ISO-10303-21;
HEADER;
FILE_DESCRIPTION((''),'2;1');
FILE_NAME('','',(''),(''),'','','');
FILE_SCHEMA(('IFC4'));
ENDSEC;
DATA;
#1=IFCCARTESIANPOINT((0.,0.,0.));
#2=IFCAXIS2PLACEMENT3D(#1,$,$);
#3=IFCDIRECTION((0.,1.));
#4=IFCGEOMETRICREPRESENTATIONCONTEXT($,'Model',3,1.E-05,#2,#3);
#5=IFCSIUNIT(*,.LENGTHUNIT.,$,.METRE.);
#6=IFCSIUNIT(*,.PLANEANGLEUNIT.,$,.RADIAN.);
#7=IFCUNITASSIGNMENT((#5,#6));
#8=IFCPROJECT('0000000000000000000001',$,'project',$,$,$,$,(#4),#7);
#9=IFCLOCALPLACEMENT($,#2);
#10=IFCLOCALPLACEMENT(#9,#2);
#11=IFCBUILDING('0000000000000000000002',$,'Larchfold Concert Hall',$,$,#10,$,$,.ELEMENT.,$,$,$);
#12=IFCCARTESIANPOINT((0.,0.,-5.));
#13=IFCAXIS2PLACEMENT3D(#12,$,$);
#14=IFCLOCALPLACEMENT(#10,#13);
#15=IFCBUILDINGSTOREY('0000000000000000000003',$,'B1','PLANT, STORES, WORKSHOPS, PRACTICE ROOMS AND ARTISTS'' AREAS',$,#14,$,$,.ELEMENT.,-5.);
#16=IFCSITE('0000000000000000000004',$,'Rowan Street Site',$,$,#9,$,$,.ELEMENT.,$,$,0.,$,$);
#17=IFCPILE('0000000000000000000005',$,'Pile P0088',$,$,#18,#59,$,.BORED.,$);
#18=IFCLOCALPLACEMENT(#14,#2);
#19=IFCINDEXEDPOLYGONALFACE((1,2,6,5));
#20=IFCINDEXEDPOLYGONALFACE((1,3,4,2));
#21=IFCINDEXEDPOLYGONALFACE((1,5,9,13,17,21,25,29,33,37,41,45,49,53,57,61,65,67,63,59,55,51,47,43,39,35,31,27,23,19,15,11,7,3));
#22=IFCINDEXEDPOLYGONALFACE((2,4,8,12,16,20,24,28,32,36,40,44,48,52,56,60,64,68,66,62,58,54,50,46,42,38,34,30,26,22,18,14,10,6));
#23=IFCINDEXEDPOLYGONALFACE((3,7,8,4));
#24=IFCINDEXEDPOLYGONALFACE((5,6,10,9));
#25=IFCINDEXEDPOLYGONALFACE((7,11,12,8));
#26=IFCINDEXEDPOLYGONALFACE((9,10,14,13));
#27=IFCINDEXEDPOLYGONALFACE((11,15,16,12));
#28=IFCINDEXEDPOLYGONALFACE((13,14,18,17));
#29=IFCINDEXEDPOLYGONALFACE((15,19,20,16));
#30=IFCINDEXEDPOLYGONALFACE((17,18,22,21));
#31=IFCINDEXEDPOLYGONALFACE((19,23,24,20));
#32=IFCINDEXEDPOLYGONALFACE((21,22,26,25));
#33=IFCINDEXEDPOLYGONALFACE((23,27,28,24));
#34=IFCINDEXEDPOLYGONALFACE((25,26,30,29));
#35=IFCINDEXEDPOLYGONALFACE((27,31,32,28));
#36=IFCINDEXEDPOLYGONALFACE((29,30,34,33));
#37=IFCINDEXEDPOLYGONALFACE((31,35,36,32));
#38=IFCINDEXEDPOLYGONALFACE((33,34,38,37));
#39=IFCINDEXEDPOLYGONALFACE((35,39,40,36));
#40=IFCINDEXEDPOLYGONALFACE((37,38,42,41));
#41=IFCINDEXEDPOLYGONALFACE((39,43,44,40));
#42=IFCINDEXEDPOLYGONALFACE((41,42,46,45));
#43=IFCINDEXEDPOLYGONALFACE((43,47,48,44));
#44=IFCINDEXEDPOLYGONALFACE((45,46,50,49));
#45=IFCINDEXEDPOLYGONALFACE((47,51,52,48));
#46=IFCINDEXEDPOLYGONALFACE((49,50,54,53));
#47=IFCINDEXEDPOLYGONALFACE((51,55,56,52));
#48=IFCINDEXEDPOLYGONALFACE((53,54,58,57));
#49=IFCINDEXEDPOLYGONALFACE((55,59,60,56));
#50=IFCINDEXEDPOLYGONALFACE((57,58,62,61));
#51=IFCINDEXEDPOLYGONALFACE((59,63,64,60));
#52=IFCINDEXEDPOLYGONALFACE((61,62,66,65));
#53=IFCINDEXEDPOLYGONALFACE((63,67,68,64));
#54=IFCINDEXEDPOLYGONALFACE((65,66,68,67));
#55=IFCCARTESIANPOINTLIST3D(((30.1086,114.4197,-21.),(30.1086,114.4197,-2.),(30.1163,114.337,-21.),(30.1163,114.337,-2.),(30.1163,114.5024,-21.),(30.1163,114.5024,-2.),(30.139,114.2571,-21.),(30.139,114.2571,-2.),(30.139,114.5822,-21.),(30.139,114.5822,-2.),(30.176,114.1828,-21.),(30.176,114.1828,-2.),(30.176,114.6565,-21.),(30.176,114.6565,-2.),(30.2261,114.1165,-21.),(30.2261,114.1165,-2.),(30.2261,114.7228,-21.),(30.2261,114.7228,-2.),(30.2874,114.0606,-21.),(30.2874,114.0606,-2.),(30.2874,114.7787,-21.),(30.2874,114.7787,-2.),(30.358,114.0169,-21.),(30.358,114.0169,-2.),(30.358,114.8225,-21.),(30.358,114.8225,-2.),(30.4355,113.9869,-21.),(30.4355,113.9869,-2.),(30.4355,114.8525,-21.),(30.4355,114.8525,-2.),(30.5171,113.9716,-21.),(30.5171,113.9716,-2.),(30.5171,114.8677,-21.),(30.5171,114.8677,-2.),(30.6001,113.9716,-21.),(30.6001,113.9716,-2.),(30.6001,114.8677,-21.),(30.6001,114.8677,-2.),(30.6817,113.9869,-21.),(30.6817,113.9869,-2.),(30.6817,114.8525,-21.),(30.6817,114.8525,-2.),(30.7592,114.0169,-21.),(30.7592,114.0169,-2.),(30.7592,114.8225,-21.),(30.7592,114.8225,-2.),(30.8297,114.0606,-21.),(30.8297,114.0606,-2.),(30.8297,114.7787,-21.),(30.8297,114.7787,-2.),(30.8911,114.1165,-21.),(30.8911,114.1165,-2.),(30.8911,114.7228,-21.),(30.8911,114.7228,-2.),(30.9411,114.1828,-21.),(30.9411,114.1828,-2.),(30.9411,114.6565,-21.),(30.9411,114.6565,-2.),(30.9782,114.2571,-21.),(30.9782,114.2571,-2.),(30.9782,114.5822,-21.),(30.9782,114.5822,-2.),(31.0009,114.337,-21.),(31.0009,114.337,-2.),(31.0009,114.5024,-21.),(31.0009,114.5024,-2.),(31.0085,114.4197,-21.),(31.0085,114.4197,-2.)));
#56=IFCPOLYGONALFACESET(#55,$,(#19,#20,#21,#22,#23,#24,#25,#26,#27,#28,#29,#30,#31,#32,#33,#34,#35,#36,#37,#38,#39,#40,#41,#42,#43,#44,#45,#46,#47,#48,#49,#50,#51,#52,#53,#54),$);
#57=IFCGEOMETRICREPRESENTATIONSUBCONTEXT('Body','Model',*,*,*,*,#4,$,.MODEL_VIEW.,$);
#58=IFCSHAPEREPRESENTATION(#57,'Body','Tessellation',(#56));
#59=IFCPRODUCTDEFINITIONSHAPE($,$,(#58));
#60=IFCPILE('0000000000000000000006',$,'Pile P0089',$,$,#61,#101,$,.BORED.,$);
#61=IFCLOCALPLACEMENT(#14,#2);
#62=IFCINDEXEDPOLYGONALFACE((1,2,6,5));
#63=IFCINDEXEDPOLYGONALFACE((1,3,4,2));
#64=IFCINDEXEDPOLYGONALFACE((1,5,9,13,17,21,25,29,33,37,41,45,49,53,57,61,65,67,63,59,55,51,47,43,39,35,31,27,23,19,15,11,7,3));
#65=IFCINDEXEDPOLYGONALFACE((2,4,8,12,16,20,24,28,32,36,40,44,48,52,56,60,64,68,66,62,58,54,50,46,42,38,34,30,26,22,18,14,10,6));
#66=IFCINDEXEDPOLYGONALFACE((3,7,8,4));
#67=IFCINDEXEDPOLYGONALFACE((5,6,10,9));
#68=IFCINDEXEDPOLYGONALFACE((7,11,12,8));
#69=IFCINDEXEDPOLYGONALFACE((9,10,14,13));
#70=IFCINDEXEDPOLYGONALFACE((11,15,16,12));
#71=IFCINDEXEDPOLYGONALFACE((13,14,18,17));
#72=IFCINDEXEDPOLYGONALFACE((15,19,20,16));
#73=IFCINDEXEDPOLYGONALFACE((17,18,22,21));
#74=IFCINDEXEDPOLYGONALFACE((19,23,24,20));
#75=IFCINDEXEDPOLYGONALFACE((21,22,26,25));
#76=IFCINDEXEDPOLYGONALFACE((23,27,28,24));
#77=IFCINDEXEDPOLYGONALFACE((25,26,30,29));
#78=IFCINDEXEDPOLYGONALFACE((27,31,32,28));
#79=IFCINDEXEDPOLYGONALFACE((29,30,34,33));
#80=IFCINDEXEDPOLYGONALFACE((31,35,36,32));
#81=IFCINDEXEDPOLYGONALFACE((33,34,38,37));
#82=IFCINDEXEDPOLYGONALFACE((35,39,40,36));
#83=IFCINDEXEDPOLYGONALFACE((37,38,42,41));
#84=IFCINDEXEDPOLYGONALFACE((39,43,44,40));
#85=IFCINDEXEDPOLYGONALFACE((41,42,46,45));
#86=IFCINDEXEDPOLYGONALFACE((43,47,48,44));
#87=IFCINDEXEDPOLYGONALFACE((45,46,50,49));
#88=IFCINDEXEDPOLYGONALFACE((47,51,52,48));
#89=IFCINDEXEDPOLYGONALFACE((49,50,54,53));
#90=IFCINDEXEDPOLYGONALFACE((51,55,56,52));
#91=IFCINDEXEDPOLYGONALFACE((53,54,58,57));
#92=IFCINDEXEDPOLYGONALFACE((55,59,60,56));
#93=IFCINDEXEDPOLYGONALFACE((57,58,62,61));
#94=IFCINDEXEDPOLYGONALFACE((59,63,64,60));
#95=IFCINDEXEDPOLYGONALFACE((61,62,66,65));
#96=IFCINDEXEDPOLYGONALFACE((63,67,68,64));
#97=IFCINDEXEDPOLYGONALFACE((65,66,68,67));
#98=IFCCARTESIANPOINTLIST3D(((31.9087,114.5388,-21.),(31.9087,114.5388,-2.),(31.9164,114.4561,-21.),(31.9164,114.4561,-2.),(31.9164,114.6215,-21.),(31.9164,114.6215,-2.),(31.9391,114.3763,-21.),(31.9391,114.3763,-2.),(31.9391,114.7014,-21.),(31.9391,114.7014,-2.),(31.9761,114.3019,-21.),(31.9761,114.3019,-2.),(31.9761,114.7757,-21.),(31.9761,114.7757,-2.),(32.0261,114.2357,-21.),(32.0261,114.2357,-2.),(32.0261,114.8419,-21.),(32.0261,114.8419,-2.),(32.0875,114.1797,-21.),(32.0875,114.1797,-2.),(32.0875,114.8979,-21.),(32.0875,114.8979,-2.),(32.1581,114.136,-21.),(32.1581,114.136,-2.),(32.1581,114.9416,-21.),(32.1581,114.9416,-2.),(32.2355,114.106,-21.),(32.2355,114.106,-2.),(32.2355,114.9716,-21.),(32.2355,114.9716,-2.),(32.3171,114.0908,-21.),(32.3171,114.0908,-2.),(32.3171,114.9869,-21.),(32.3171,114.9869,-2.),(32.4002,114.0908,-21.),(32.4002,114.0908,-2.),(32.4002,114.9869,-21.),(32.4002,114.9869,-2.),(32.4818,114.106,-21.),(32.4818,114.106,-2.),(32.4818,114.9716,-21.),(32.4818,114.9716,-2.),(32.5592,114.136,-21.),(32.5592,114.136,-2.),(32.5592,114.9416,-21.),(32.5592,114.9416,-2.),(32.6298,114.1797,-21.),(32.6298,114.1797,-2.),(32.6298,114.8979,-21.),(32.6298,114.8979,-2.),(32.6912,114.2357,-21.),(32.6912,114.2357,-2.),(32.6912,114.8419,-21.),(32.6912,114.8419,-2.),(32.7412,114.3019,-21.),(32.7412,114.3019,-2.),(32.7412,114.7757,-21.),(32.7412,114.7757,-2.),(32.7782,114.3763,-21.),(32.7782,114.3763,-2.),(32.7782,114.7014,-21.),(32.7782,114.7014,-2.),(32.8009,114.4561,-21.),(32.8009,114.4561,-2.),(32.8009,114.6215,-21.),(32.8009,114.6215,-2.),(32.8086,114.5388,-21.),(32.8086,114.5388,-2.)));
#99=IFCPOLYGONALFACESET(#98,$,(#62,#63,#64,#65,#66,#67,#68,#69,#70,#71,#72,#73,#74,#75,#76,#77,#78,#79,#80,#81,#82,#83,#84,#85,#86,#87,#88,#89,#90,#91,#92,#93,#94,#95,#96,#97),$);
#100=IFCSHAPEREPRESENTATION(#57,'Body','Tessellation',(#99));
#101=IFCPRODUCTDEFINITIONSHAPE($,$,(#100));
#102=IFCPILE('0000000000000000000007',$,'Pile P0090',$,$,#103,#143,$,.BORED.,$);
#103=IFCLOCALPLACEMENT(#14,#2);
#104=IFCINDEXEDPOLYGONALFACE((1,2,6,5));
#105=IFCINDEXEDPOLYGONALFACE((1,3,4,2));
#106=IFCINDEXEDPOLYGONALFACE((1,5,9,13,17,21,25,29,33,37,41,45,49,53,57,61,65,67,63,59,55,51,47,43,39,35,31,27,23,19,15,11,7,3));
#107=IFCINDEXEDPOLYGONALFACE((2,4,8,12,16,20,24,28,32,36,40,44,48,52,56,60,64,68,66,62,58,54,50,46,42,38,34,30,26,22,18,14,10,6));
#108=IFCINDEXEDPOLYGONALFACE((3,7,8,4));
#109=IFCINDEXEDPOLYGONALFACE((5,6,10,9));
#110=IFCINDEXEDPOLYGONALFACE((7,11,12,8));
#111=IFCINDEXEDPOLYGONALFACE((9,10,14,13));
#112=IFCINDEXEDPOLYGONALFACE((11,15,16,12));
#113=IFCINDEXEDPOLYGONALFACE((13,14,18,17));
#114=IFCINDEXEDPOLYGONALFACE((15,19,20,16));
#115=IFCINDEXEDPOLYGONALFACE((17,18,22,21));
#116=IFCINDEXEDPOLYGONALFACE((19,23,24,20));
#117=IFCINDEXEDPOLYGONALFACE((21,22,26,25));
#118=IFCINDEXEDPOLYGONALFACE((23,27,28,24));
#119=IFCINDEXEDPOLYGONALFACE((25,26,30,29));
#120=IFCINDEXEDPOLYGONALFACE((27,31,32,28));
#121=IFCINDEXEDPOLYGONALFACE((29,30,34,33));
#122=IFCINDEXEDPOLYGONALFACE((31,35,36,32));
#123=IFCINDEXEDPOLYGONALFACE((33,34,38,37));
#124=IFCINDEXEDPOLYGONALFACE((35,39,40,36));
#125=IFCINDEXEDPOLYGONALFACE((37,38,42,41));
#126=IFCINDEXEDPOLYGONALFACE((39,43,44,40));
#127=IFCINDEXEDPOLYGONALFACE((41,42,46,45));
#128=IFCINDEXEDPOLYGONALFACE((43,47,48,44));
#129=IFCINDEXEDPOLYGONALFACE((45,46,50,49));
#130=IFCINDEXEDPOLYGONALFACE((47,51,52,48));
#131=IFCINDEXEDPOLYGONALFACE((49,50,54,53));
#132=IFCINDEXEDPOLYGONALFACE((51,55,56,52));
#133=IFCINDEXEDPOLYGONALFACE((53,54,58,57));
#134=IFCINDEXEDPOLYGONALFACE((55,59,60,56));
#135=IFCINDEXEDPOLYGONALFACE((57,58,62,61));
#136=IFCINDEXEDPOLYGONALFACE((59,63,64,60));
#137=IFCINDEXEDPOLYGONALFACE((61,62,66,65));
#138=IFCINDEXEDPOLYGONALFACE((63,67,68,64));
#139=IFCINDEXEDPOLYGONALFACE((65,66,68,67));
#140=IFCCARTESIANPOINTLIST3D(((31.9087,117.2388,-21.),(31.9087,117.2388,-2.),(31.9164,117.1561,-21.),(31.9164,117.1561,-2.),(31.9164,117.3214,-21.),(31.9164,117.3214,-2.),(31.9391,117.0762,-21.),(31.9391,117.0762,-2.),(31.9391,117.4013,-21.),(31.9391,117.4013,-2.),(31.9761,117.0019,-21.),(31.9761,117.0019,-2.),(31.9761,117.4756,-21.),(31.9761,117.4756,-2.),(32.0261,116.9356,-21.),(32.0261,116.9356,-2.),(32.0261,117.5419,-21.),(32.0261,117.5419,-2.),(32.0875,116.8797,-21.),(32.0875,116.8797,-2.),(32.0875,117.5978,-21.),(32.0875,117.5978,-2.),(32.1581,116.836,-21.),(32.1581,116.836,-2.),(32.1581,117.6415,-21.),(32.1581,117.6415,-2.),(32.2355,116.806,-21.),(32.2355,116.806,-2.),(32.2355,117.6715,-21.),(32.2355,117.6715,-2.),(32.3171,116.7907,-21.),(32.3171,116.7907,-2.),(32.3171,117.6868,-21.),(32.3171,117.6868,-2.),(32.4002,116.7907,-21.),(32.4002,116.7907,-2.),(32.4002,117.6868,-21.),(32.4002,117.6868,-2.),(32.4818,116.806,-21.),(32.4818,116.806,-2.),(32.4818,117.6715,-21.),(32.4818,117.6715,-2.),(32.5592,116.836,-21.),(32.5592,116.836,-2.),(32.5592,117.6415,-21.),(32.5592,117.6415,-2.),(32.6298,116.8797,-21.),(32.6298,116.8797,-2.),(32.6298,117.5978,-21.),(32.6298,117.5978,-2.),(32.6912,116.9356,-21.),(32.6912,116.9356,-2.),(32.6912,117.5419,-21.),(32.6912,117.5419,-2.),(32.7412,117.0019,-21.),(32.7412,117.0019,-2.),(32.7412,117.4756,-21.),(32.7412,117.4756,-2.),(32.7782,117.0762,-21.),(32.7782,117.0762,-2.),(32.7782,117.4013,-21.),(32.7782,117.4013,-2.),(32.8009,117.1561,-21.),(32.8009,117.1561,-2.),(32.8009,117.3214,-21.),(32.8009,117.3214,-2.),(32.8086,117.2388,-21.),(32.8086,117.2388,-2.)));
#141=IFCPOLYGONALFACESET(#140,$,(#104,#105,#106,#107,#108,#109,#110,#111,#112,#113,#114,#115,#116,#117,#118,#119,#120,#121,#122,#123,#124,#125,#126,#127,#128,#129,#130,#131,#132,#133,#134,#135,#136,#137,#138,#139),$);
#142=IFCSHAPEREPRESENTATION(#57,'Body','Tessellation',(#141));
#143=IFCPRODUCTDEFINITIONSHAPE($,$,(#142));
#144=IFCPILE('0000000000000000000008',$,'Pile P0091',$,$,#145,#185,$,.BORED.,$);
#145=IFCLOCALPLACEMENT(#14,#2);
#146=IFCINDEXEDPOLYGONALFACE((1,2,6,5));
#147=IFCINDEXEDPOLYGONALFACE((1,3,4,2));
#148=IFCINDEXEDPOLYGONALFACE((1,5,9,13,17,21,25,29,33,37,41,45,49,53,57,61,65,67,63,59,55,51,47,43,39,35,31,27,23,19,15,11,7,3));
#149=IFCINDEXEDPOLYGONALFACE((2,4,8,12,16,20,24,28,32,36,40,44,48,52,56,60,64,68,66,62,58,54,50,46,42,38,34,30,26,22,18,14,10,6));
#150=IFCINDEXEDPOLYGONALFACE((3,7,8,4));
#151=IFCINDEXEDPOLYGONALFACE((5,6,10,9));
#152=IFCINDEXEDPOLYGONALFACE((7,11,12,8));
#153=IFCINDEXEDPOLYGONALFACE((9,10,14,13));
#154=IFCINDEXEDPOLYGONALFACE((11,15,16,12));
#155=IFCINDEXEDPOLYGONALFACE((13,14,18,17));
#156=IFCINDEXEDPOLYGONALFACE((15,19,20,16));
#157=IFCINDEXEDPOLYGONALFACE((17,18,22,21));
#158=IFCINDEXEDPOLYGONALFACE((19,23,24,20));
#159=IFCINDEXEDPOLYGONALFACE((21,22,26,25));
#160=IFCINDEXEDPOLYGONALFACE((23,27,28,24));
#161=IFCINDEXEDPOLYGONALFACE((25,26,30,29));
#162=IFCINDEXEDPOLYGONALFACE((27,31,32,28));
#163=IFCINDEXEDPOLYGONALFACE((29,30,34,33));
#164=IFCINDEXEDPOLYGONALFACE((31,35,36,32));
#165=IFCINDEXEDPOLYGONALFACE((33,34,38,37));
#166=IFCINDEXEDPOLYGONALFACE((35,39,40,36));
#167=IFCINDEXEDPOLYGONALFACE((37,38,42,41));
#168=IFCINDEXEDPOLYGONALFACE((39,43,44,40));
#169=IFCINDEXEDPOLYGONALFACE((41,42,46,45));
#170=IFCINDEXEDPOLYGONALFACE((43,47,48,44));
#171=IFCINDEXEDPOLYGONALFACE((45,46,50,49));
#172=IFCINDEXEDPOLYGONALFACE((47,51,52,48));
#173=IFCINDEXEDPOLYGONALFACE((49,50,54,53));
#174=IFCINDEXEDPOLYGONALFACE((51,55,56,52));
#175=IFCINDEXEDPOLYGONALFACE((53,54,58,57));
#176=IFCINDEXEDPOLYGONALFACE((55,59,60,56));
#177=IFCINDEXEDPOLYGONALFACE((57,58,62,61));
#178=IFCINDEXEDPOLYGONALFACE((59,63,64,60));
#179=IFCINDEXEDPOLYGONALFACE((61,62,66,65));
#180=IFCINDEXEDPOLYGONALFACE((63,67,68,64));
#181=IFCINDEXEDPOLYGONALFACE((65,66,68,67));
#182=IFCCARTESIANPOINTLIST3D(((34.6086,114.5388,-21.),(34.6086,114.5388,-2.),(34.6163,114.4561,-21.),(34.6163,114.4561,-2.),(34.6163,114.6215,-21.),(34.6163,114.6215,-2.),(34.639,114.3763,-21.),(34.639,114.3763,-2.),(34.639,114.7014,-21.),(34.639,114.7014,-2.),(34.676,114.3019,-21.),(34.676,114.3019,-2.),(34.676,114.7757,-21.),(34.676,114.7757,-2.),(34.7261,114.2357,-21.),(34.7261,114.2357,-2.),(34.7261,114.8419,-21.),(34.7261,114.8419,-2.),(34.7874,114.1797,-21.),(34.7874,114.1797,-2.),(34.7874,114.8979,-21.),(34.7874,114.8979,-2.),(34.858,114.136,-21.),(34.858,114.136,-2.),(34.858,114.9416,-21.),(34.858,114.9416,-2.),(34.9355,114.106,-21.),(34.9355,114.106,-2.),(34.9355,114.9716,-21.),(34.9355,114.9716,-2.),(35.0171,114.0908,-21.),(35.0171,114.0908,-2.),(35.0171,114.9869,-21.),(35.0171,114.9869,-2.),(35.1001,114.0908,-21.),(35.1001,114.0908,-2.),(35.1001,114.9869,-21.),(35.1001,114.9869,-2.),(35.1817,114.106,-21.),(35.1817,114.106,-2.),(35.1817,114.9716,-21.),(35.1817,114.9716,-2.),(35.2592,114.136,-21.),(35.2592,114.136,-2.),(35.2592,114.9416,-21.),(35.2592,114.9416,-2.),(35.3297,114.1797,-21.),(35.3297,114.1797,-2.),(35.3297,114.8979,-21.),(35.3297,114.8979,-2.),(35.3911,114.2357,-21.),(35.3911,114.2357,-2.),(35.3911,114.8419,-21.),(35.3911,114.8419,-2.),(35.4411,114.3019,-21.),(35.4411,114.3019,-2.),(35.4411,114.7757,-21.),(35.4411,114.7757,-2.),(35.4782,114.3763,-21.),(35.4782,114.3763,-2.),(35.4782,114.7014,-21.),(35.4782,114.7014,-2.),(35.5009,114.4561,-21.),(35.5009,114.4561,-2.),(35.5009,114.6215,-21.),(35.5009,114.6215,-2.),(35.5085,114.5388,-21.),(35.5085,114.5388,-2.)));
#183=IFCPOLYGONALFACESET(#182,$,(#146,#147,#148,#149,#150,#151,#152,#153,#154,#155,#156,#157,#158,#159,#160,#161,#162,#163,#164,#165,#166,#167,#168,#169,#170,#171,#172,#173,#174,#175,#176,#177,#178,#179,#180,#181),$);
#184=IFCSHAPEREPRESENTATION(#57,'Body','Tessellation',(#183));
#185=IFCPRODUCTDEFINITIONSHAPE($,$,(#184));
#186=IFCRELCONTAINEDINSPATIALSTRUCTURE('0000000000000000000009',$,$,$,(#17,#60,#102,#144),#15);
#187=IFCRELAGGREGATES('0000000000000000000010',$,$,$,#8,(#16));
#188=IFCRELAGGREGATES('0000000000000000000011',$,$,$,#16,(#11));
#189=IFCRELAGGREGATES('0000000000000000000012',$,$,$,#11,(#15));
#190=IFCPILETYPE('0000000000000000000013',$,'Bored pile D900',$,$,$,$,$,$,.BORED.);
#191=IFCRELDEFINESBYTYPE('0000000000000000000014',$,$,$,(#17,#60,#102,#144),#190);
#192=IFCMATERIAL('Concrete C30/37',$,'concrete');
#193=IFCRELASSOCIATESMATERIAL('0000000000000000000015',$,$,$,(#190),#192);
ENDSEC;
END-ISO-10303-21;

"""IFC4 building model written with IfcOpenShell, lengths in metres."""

from ifc_helpers import new_model, si_unit, direction, frame, origin, origin_2d, place, context, subcontext, project, spatial, circle, extrude, material, material_profile, profile_set, type_object, element, save


model = new_model("IFC4")

# Units and contexts
model_context = context("Model", 3, precision=1e-05, world=origin(), true_north=direction((0.0, 1.0)))
body_context = subcontext(model_context, "Body", "Model", "MODEL_VIEW")
ifc_project = project(units=[si_unit("LENGTHUNIT", "METRE"), si_unit("PLANEANGLEUNIT", "RADIAN")], contexts=[model_context])

# Site, building, storey
site_placement = place(None, origin())
site = spatial("IfcSite", under=ifc_project, at=site_placement, Name="Rowan Street Site", CompositionType="ELEMENT", RefElevation=0.0)
building_placement = place(site_placement, origin())
building = spatial("IfcBuilding", under=site, at=building_placement, Name="Larchfold Concert Hall", CompositionType="ELEMENT")
storey_placement = place(building_placement, frame((0.0, 0.0, -5.0)))
storey = spatial("IfcBuildingStorey", under=building, at=storey_placement, Name="B1", Description="PLANT, STORES, WORKSHOPS, PRACTICE ROOMS AND ARTISTS' AREAS", CompositionType="ELEMENT", Elevation=-5.0)

# Piles
ifc_material_1 = material(Name="Concrete C30/37", Category="concrete")
ifc_material_profile_1 = material_profile(ifc_material_1, circle(Radius=0.45, at=origin_2d()))
ifc_profile_set_1 = profile_set([ifc_material_profile_1], Name="Concrete C30/37")
pile_type = type_object("IfcPileType", Name="Bored pile D900", PredefinedType="BORED", material=ifc_profile_set_1)
for number, where, z_axis, x_axis, name in (
    (1, (30.5586, 114.4197, -2.0), (0.0, 0.0, -1.0), (1.0, 0.0, 0.0), "Pile P0088"),
    (2, (32.3586, 114.5388, -2.0), (0.0, 0.0, -1.0), (1.0, 0.0, 0.0), "Pile P0089"),
    (3, (32.3586, 117.2388, -2.0), (0.0, 0.0, -1.0), (1.0, 0.0, 0.0), "Pile P0090"),
    (4, (35.0586, 114.5388, -2.0), (0.0, 0.0, -1.0), (1.0, 0.0, 0.0), "Pile P0091"),
):
    element("IfcPile", number, at=place(storey_placement, frame(where, z_axis=z_axis, x_axis=x_axis)), inside=storey, type_object=pile_type, Name=name, PredefinedType="BORED", context=body_context, shape_type="SweptSolid", body=[
        extrude(circle(Radius=0.45, at=origin_2d()), origin(), (0.0, 0.0, 1.0), 19.0),
    ])

save(model, "model.ifc")
